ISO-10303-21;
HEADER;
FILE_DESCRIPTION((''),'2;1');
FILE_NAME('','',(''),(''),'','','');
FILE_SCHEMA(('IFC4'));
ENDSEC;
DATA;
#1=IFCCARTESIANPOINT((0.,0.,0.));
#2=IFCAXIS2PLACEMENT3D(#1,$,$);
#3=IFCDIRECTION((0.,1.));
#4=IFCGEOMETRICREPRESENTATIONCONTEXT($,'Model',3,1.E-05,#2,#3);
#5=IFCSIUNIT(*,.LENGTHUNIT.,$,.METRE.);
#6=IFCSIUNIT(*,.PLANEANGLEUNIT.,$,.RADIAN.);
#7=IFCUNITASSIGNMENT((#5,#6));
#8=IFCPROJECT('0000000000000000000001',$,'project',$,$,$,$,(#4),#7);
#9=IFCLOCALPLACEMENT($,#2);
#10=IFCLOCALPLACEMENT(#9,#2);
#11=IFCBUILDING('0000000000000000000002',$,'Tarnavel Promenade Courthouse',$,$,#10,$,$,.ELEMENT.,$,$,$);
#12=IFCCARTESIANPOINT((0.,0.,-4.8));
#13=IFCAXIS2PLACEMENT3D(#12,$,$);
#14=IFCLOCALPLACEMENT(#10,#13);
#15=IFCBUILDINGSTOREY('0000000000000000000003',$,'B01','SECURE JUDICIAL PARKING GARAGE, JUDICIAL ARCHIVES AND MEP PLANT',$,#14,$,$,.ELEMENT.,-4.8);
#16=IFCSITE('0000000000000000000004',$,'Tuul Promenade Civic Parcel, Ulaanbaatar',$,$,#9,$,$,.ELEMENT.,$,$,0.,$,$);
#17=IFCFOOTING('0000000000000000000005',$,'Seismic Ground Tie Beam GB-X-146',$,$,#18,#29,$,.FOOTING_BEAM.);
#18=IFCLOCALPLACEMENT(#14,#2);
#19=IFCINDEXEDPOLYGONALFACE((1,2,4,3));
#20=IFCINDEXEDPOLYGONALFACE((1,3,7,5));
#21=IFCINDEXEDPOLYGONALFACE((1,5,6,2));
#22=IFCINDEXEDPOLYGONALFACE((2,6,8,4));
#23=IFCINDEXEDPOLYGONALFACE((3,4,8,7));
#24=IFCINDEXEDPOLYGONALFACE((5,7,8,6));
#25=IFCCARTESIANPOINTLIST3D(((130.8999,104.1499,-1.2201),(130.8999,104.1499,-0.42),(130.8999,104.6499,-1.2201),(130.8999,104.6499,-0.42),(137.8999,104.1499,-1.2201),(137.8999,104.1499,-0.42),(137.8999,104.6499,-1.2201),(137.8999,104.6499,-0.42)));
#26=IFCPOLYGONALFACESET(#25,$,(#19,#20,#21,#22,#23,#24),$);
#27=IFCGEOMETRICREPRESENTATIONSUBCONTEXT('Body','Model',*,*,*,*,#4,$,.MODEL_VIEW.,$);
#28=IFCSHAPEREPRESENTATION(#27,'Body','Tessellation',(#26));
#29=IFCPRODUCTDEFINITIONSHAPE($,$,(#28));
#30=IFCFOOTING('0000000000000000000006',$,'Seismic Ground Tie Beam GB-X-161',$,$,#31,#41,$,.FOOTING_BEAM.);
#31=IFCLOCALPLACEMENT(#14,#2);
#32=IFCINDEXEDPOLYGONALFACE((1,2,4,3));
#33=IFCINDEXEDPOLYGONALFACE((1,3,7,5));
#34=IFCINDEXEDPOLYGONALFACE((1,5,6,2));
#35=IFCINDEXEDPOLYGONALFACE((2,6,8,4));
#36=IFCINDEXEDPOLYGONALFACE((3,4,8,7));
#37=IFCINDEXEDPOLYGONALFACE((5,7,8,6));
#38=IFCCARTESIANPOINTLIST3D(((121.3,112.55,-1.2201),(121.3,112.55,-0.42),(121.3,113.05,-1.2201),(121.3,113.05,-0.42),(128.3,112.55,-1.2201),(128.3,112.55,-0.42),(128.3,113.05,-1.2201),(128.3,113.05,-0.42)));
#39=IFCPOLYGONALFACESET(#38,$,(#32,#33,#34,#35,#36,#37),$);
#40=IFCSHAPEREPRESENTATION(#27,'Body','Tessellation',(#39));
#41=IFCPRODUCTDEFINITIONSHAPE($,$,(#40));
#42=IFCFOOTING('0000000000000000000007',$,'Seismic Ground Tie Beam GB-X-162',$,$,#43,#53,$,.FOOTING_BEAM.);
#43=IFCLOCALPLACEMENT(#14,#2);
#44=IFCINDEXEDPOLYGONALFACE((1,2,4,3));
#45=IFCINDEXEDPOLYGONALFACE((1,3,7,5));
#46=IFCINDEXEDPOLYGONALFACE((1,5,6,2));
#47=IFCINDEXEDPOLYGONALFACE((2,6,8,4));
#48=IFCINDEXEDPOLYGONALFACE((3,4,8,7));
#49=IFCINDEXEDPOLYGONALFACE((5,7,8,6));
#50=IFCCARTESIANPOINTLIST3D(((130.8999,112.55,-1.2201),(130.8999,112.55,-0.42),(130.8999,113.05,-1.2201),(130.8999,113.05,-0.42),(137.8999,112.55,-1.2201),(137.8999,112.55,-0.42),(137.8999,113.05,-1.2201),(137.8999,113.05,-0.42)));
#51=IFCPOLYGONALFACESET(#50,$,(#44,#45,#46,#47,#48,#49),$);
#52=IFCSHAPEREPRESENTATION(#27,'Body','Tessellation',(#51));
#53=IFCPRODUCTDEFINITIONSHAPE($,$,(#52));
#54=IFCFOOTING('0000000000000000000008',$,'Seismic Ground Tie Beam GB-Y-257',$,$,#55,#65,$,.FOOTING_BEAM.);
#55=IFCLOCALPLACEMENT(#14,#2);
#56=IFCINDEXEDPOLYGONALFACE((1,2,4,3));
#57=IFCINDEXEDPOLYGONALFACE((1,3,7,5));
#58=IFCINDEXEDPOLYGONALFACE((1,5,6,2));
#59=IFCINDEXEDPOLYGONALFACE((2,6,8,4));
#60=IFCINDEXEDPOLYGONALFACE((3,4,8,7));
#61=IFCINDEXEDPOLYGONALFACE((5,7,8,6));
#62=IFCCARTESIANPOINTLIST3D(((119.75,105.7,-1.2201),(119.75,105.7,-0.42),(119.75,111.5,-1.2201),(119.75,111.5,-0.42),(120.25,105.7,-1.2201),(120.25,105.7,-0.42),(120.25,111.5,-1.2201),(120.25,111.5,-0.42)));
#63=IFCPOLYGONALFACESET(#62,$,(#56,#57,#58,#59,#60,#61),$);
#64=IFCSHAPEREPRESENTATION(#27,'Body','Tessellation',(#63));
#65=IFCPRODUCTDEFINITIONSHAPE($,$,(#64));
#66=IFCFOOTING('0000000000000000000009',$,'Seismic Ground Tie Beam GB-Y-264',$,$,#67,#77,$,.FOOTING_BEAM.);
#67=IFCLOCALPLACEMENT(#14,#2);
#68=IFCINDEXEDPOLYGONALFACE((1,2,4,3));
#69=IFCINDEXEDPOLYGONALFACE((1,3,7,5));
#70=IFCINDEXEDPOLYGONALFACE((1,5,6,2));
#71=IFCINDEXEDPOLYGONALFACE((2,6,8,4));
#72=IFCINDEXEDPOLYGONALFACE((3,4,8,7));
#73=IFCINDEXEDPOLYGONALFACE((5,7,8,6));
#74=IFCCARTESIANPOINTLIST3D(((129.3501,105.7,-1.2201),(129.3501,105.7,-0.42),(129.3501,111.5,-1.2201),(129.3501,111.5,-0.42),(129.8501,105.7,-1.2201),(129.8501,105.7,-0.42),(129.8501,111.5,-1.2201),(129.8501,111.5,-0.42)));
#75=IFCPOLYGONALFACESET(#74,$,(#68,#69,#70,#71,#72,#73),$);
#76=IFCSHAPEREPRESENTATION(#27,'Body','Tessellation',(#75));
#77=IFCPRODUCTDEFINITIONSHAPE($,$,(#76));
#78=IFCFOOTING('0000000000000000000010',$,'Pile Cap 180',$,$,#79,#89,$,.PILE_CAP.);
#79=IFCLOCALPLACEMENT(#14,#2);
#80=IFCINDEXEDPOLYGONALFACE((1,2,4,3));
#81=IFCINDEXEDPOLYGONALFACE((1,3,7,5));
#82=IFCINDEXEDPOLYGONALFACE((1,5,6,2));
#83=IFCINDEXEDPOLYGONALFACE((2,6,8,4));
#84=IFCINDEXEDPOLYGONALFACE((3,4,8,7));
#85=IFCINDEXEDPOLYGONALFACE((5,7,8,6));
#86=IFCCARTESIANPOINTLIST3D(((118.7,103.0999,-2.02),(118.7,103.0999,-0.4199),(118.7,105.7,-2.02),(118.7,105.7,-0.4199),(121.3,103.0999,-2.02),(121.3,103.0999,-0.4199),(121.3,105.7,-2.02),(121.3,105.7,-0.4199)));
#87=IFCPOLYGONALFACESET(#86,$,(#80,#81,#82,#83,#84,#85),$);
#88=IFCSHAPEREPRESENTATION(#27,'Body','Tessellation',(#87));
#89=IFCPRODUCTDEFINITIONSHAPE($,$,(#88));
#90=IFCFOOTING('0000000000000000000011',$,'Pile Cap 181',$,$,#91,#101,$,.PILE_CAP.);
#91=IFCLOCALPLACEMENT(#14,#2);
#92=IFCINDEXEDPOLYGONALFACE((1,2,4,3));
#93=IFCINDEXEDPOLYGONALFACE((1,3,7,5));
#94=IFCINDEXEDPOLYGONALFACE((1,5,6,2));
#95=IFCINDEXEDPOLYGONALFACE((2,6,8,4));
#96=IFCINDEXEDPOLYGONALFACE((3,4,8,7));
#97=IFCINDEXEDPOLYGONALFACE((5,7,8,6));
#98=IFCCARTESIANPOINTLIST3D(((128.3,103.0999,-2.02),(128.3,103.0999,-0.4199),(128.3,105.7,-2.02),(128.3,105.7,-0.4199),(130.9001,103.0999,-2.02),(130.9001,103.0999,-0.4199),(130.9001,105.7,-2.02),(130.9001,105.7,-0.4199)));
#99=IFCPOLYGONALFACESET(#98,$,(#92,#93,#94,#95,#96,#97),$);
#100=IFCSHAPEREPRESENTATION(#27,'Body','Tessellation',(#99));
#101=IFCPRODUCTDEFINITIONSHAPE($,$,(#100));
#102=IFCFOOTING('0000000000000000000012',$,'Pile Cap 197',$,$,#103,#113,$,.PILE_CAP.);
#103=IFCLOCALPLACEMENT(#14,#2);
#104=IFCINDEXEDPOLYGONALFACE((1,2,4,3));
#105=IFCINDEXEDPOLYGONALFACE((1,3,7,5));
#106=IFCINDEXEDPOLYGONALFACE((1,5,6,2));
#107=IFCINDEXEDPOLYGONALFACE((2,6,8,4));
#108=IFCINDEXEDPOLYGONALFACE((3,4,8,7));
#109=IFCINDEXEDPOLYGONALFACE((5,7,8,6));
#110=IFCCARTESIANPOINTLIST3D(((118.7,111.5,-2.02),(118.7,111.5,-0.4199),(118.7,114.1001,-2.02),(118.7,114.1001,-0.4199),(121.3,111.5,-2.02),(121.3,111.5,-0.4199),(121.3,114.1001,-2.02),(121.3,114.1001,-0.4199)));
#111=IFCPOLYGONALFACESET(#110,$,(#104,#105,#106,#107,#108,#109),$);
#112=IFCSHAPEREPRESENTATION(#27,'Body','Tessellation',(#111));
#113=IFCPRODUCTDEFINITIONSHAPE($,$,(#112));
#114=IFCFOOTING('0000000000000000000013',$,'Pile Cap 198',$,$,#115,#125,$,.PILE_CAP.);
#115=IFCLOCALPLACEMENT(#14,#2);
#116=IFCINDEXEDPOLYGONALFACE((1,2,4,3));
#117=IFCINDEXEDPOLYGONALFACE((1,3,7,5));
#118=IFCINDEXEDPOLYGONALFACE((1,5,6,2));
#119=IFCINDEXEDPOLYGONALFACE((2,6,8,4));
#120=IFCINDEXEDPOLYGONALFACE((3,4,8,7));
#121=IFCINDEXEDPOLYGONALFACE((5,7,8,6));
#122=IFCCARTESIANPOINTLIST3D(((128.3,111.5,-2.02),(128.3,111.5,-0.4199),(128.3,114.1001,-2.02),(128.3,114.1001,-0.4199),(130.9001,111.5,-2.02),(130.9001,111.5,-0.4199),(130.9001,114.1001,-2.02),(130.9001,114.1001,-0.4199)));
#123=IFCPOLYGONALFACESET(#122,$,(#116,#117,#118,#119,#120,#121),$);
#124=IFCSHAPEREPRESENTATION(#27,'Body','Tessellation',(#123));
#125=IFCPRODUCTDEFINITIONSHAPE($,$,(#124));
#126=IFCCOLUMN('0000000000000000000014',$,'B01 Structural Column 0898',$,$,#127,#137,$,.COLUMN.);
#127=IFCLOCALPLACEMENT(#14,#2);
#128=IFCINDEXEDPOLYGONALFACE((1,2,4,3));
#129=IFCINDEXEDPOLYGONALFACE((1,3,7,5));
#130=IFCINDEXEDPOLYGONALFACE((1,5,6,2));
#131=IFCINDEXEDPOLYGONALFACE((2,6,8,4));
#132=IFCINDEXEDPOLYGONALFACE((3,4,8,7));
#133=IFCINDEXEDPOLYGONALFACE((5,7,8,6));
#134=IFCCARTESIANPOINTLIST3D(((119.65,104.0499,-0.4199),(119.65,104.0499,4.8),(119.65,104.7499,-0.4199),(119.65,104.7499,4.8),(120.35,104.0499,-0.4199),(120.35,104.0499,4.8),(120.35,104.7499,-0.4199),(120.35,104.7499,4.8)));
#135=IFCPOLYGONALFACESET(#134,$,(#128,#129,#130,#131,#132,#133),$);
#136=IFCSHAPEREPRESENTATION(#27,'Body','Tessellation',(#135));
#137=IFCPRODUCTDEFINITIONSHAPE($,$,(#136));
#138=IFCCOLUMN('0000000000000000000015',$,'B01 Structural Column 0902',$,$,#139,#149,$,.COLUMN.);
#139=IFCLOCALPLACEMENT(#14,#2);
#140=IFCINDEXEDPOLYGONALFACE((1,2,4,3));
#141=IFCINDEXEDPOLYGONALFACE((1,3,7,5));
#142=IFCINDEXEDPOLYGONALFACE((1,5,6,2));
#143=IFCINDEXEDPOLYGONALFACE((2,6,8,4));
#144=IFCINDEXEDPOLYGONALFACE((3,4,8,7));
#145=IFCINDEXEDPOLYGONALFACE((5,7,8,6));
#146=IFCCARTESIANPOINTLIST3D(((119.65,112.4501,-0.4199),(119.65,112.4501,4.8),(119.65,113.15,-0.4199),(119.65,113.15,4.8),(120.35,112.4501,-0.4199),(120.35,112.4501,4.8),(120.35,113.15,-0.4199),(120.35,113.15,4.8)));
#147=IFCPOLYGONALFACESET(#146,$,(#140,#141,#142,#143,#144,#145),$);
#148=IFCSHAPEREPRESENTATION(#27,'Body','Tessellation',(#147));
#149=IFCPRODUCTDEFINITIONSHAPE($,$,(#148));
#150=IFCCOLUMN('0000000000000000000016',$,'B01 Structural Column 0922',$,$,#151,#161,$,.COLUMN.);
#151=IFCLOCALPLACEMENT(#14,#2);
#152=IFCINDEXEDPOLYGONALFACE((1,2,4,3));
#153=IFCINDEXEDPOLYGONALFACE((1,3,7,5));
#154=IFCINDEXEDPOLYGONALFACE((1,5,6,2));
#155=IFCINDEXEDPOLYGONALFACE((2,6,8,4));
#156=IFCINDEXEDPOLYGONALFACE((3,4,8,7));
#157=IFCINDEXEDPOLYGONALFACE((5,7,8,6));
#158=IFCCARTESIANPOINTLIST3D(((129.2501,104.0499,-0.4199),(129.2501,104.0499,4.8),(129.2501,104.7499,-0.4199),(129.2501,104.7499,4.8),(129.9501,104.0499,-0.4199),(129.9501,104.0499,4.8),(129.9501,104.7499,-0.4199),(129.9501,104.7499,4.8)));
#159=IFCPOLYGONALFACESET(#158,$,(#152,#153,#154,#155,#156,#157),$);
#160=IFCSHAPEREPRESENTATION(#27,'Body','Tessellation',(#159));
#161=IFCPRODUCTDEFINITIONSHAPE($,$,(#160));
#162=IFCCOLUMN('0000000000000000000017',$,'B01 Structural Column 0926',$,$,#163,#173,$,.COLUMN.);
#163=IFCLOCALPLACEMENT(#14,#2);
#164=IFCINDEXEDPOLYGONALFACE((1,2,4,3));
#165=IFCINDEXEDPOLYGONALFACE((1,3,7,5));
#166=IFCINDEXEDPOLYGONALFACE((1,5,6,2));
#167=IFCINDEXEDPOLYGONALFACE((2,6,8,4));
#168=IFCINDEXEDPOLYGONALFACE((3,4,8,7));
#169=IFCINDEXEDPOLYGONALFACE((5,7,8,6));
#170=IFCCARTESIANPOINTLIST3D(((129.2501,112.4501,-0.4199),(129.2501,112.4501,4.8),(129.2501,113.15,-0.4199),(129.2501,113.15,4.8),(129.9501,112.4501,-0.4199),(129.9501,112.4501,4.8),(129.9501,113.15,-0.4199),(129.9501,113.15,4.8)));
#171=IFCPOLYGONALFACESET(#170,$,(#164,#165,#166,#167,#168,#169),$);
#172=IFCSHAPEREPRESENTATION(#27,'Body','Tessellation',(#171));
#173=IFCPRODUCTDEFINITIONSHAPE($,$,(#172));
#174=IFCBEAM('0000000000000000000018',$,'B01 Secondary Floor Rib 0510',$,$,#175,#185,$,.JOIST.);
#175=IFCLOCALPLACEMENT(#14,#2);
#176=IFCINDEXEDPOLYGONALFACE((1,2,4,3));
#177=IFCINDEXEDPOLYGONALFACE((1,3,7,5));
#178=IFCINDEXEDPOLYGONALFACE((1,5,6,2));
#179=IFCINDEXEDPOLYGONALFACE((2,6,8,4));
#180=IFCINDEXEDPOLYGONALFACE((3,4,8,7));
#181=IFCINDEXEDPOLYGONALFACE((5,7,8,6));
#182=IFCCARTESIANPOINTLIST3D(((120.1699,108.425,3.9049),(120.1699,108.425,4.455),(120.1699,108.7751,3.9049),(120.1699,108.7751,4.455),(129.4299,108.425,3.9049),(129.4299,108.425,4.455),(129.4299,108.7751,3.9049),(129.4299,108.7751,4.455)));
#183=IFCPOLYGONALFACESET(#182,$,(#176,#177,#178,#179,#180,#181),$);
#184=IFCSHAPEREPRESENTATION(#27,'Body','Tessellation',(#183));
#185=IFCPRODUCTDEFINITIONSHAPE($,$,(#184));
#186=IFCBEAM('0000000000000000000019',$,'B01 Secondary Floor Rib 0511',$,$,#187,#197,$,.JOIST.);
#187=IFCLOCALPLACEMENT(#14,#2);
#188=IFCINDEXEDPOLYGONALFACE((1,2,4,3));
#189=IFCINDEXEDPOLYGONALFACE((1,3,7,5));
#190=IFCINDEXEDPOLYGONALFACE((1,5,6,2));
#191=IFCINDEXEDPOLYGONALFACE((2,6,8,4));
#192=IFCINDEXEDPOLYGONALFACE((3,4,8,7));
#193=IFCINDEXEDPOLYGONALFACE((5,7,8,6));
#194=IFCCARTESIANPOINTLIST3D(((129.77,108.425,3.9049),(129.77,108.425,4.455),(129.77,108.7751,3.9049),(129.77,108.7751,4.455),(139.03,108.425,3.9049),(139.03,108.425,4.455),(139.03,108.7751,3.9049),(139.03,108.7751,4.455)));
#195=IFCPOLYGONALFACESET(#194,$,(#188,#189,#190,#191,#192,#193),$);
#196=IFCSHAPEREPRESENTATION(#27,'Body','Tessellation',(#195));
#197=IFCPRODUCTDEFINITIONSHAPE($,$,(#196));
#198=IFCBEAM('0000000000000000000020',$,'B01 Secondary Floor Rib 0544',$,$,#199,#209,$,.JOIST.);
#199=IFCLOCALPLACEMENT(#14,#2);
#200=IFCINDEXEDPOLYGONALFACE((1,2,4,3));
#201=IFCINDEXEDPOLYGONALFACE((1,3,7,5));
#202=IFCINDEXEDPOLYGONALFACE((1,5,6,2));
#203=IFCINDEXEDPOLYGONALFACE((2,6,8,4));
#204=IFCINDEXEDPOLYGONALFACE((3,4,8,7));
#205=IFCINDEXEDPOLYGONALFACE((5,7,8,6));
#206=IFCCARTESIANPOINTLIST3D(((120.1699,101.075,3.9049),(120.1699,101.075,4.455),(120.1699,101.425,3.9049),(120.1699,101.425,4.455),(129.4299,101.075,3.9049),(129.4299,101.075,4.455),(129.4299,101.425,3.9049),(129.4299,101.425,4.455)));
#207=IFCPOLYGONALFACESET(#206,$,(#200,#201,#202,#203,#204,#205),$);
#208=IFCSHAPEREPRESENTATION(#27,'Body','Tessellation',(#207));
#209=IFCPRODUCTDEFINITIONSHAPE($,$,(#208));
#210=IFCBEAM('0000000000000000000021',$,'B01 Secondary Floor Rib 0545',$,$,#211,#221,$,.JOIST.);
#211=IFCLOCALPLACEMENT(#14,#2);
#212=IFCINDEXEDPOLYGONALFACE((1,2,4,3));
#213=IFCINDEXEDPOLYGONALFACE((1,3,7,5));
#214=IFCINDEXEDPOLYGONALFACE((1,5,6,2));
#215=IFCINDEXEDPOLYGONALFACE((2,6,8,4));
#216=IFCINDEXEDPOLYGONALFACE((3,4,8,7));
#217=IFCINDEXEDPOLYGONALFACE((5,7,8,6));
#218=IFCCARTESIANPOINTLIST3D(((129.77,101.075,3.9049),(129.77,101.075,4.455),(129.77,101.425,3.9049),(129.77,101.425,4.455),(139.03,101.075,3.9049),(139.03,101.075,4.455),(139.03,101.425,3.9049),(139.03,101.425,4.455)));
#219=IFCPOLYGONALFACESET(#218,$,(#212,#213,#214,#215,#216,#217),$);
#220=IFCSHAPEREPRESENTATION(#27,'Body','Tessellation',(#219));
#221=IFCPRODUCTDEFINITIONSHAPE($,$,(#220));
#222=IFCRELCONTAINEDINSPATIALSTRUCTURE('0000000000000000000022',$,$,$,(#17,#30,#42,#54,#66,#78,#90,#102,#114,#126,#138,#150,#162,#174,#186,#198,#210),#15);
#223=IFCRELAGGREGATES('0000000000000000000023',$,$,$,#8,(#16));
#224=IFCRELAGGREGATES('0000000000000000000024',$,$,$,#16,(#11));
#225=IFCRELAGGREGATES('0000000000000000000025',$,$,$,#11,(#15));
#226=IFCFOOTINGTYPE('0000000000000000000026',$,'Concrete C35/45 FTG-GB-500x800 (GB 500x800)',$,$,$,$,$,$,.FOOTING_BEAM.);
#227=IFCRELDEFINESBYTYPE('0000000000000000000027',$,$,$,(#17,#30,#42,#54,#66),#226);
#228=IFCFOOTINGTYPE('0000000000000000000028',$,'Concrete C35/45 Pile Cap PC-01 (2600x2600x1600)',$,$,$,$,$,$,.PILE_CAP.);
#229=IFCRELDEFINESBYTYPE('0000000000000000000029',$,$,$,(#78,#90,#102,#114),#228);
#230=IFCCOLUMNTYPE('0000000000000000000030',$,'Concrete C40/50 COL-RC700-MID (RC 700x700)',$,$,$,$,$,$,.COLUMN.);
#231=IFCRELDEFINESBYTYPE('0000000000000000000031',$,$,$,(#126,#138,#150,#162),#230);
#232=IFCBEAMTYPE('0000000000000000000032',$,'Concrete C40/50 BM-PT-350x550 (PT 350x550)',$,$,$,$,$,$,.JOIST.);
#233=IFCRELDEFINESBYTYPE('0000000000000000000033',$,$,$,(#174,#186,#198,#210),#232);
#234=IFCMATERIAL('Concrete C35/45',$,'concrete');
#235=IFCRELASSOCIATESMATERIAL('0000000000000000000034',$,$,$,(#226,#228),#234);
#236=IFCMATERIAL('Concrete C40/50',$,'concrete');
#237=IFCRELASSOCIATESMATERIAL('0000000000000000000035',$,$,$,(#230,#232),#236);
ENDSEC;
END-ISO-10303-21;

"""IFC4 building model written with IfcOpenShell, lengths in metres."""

from ifc_helpers import new_model, si_unit, direction, frame, origin, origin_2d, place, context, subcontext, project, spatial, rectangle, extrude, material, material_profile, profile_set, type_object, element, save


model = new_model("IFC4")

# Units and contexts
model_context = context("Model", 3, precision=1e-05, world=origin(), true_north=direction((0.0, 1.0)))
body_context = subcontext(model_context, "Body", "Model", "MODEL_VIEW")
ifc_project = project(units=[si_unit("LENGTHUNIT", "METRE"), si_unit("PLANEANGLEUNIT", "RADIAN")], contexts=[model_context])

# Site, building, storey
site_placement = place(None, origin())
site = spatial("IfcSite", under=ifc_project, at=site_placement, Name="Tuul Promenade Civic Parcel, Ulaanbaatar", CompositionType="ELEMENT", RefElevation=0.0)
building_placement = place(site_placement, origin())
building = spatial("IfcBuilding", under=site, at=building_placement, Name="Tarnavel Promenade Courthouse", CompositionType="ELEMENT")
storey_placement = place(building_placement, frame((0.0, 0.0, -4.8)))
storey = spatial("IfcBuildingStorey", under=building, at=storey_placement, Name="B01", Description="SECURE JUDICIAL PARKING GARAGE, JUDICIAL ARCHIVES AND MEP PLANT", CompositionType="ELEMENT", Elevation=-4.8)

# Footings
ifc_material_1 = material(Name="Concrete C35/45", Category="concrete")
ifc_material_profile_1 = material_profile(ifc_material_1, rectangle(XDim=0.5, YDim=0.8, at=origin_2d()), Name="GB 500x800")
ifc_profile_set_1 = profile_set([ifc_material_profile_1], Name="Concrete C35/45")
footing_type_1 = type_object("IfcFootingType", Name="Concrete C35/45 FTG-GB-500x800 (GB 500x800)", PredefinedType="FOOTING_BEAM", material=ifc_profile_set_1)
for number, where, z_axis, x_axis, name in (
    (1, (130.8999, 104.3999, -0.8201), (1.0, 0.0, 0.0), (0.0, 1.0, 0.0), "Seismic Ground Tie Beam GB-X-146"),
    (2, (121.3, 112.8, -0.8201), (1.0, 0.0, 0.0), (0.0, 1.0, 0.0), "Seismic Ground Tie Beam GB-X-161"),
    (3, (130.8999, 112.8, -0.8201), (1.0, 0.0, 0.0), (0.0, 1.0, 0.0), "Seismic Ground Tie Beam GB-X-162"),
):
    element("IfcFooting", number, at=place(storey_placement, frame(where, z_axis=z_axis, x_axis=x_axis)), inside=storey, type_object=footing_type_1, Name=name, PredefinedType="FOOTING_BEAM", context=body_context, shape_type="SweptSolid", body=[
        extrude(rectangle(XDim=0.5, YDim=0.8, at=origin_2d()), origin(), (0.0, 0.0, 1.0), 7.0),
    ])
for number, where, z_axis, x_axis, name in (
    (4, (120.0, 105.7, -0.8201), (0.0, 1.0, 0.0), (-1.0, 0.0, 0.0), "Seismic Ground Tie Beam GB-Y-257"),
    (5, (129.6001, 105.7, -0.8201), (0.0, 1.0, 0.0), (-1.0, 0.0, 0.0), "Seismic Ground Tie Beam GB-Y-264"),
):
    element("IfcFooting", number, at=place(storey_placement, frame(where, z_axis=z_axis, x_axis=x_axis)), inside=storey, type_object=footing_type_1, Name=name, PredefinedType="FOOTING_BEAM", context=body_context, shape_type="SweptSolid", body=[
        extrude(rectangle(XDim=0.5, YDim=0.8, at=origin_2d()), origin(), (0.0, 0.0, 1.0), 5.8),
    ])
footing_type_2 = type_object("IfcFootingType", Name="Concrete C35/45 Pile Cap PC-01 (2600x2600x1600)", PredefinedType="PILE_CAP", material=ifc_material_1)
for number, where, z_axis, x_axis, name in (
    (6, (120.0, 104.3999, -2.02), (0.0, 0.0, 1.0), (1.0, 0.0, 0.0), "Pile Cap 180"),
    (7, (129.6001, 104.3999, -2.02), (0.0, 0.0, 1.0), (1.0, 0.0, 0.0), "Pile Cap 181"),
    (8, (120.0, 112.8, -2.02), (0.0, 0.0, 1.0), (1.0, 0.0, 0.0), "Pile Cap 197"),
    (9, (129.6001, 112.8, -2.02), (0.0, 0.0, 1.0), (1.0, 0.0, 0.0), "Pile Cap 198"),
):
    element("IfcFooting", number, at=place(storey_placement, frame(where, z_axis=z_axis, x_axis=x_axis)), inside=storey, type_object=footing_type_2, Name=name, PredefinedType="PILE_CAP", context=body_context, shape_type="SweptSolid", body=[
        extrude(rectangle(XDim=2.6001, YDim=2.6001, at=origin_2d()), origin(), (0.0, 0.0, 1.0), 1.6001),
    ])

# Columns
ifc_material_2 = material(Name="Concrete C40/50", Category="concrete")
ifc_material_profile_2 = material_profile(ifc_material_2, rectangle(XDim=0.7, YDim=0.7, at=origin_2d()), Name="RC 700x700")
ifc_profile_set_2 = profile_set([ifc_material_profile_2], Name="Concrete C40/50")
column_type = type_object("IfcColumnType", Name="Concrete C40/50 COL-RC700-MID (RC 700x700)", PredefinedType="COLUMN", material=ifc_profile_set_2)
for number, where, z_axis, x_axis, name in (
    (10, (120.0, 104.3999, -0.4199), (0.0, 0.0, 1.0), (1.0, 0.0, 0.0), "B01 Structural Column 0898"),
    (11, (120.0, 112.8, -0.4199), (0.0, 0.0, 1.0), (1.0, 0.0, 0.0), "B01 Structural Column 0902"),
    (12, (129.6001, 104.3999, -0.4199), (0.0, 0.0, 1.0), (1.0, 0.0, 0.0), "B01 Structural Column 0922"),
    (13, (129.6001, 112.8, -0.4199), (0.0, 0.0, 1.0), (1.0, 0.0, 0.0), "B01 Structural Column 0926"),
):
    element("IfcColumn", number, at=place(storey_placement, frame(where, z_axis=z_axis, x_axis=x_axis)), inside=storey, type_object=column_type, Name=name, PredefinedType="COLUMN", context=body_context, shape_type="SweptSolid", body=[
        extrude(rectangle(XDim=0.7, YDim=0.7, at=origin_2d()), origin(), (0.0, 0.0, 1.0), 5.22),
    ])

# Beams
ifc_material_profile_3 = material_profile(ifc_material_2, rectangle(XDim=0.3501, YDim=0.55, at=origin_2d()), Name="PT 350x550")
ifc_profile_set_3 = profile_set([ifc_material_profile_3], Name="Concrete C40/50")
beam_type_1 = type_object("IfcBeamType", Name="Concrete C40/50 BM-PT-350x550 (PT 350x550)", PredefinedType="JOIST", material=ifc_profile_set_3)
for number, where, z_axis, x_axis, name in (
    (14, (120.1699, 108.6001, 4.1799), (1.0, 0.0, 0.0), (0.0, 1.0, 0.0), "B01 Secondary Floor Rib 0510"),
    (15, (129.77, 108.6001, 4.1799), (1.0, 0.0, 0.0), (0.0, 1.0, 0.0), "B01 Secondary Floor Rib 0511"),
    (16, (120.1699, 101.25, 4.1799), (1.0, 0.0, 0.0), (0.0, 1.0, 0.0), "B01 Secondary Floor Rib 0544"),
    (17, (129.77, 101.25, 4.1799), (1.0, 0.0, 0.0), (0.0, 1.0, 0.0), "B01 Secondary Floor Rib 0545"),
):
    element("IfcBeam", number, at=place(storey_placement, frame(where, z_axis=z_axis, x_axis=x_axis)), inside=storey, type_object=beam_type_1, Name=name, PredefinedType="JOIST", context=body_context, shape_type="SweptSolid", body=[
        extrude(rectangle(XDim=0.3501, YDim=0.55, at=origin_2d()), origin(), (0.0, 0.0, 1.0), 9.26),
    ])

save(model, "model.ifc")
